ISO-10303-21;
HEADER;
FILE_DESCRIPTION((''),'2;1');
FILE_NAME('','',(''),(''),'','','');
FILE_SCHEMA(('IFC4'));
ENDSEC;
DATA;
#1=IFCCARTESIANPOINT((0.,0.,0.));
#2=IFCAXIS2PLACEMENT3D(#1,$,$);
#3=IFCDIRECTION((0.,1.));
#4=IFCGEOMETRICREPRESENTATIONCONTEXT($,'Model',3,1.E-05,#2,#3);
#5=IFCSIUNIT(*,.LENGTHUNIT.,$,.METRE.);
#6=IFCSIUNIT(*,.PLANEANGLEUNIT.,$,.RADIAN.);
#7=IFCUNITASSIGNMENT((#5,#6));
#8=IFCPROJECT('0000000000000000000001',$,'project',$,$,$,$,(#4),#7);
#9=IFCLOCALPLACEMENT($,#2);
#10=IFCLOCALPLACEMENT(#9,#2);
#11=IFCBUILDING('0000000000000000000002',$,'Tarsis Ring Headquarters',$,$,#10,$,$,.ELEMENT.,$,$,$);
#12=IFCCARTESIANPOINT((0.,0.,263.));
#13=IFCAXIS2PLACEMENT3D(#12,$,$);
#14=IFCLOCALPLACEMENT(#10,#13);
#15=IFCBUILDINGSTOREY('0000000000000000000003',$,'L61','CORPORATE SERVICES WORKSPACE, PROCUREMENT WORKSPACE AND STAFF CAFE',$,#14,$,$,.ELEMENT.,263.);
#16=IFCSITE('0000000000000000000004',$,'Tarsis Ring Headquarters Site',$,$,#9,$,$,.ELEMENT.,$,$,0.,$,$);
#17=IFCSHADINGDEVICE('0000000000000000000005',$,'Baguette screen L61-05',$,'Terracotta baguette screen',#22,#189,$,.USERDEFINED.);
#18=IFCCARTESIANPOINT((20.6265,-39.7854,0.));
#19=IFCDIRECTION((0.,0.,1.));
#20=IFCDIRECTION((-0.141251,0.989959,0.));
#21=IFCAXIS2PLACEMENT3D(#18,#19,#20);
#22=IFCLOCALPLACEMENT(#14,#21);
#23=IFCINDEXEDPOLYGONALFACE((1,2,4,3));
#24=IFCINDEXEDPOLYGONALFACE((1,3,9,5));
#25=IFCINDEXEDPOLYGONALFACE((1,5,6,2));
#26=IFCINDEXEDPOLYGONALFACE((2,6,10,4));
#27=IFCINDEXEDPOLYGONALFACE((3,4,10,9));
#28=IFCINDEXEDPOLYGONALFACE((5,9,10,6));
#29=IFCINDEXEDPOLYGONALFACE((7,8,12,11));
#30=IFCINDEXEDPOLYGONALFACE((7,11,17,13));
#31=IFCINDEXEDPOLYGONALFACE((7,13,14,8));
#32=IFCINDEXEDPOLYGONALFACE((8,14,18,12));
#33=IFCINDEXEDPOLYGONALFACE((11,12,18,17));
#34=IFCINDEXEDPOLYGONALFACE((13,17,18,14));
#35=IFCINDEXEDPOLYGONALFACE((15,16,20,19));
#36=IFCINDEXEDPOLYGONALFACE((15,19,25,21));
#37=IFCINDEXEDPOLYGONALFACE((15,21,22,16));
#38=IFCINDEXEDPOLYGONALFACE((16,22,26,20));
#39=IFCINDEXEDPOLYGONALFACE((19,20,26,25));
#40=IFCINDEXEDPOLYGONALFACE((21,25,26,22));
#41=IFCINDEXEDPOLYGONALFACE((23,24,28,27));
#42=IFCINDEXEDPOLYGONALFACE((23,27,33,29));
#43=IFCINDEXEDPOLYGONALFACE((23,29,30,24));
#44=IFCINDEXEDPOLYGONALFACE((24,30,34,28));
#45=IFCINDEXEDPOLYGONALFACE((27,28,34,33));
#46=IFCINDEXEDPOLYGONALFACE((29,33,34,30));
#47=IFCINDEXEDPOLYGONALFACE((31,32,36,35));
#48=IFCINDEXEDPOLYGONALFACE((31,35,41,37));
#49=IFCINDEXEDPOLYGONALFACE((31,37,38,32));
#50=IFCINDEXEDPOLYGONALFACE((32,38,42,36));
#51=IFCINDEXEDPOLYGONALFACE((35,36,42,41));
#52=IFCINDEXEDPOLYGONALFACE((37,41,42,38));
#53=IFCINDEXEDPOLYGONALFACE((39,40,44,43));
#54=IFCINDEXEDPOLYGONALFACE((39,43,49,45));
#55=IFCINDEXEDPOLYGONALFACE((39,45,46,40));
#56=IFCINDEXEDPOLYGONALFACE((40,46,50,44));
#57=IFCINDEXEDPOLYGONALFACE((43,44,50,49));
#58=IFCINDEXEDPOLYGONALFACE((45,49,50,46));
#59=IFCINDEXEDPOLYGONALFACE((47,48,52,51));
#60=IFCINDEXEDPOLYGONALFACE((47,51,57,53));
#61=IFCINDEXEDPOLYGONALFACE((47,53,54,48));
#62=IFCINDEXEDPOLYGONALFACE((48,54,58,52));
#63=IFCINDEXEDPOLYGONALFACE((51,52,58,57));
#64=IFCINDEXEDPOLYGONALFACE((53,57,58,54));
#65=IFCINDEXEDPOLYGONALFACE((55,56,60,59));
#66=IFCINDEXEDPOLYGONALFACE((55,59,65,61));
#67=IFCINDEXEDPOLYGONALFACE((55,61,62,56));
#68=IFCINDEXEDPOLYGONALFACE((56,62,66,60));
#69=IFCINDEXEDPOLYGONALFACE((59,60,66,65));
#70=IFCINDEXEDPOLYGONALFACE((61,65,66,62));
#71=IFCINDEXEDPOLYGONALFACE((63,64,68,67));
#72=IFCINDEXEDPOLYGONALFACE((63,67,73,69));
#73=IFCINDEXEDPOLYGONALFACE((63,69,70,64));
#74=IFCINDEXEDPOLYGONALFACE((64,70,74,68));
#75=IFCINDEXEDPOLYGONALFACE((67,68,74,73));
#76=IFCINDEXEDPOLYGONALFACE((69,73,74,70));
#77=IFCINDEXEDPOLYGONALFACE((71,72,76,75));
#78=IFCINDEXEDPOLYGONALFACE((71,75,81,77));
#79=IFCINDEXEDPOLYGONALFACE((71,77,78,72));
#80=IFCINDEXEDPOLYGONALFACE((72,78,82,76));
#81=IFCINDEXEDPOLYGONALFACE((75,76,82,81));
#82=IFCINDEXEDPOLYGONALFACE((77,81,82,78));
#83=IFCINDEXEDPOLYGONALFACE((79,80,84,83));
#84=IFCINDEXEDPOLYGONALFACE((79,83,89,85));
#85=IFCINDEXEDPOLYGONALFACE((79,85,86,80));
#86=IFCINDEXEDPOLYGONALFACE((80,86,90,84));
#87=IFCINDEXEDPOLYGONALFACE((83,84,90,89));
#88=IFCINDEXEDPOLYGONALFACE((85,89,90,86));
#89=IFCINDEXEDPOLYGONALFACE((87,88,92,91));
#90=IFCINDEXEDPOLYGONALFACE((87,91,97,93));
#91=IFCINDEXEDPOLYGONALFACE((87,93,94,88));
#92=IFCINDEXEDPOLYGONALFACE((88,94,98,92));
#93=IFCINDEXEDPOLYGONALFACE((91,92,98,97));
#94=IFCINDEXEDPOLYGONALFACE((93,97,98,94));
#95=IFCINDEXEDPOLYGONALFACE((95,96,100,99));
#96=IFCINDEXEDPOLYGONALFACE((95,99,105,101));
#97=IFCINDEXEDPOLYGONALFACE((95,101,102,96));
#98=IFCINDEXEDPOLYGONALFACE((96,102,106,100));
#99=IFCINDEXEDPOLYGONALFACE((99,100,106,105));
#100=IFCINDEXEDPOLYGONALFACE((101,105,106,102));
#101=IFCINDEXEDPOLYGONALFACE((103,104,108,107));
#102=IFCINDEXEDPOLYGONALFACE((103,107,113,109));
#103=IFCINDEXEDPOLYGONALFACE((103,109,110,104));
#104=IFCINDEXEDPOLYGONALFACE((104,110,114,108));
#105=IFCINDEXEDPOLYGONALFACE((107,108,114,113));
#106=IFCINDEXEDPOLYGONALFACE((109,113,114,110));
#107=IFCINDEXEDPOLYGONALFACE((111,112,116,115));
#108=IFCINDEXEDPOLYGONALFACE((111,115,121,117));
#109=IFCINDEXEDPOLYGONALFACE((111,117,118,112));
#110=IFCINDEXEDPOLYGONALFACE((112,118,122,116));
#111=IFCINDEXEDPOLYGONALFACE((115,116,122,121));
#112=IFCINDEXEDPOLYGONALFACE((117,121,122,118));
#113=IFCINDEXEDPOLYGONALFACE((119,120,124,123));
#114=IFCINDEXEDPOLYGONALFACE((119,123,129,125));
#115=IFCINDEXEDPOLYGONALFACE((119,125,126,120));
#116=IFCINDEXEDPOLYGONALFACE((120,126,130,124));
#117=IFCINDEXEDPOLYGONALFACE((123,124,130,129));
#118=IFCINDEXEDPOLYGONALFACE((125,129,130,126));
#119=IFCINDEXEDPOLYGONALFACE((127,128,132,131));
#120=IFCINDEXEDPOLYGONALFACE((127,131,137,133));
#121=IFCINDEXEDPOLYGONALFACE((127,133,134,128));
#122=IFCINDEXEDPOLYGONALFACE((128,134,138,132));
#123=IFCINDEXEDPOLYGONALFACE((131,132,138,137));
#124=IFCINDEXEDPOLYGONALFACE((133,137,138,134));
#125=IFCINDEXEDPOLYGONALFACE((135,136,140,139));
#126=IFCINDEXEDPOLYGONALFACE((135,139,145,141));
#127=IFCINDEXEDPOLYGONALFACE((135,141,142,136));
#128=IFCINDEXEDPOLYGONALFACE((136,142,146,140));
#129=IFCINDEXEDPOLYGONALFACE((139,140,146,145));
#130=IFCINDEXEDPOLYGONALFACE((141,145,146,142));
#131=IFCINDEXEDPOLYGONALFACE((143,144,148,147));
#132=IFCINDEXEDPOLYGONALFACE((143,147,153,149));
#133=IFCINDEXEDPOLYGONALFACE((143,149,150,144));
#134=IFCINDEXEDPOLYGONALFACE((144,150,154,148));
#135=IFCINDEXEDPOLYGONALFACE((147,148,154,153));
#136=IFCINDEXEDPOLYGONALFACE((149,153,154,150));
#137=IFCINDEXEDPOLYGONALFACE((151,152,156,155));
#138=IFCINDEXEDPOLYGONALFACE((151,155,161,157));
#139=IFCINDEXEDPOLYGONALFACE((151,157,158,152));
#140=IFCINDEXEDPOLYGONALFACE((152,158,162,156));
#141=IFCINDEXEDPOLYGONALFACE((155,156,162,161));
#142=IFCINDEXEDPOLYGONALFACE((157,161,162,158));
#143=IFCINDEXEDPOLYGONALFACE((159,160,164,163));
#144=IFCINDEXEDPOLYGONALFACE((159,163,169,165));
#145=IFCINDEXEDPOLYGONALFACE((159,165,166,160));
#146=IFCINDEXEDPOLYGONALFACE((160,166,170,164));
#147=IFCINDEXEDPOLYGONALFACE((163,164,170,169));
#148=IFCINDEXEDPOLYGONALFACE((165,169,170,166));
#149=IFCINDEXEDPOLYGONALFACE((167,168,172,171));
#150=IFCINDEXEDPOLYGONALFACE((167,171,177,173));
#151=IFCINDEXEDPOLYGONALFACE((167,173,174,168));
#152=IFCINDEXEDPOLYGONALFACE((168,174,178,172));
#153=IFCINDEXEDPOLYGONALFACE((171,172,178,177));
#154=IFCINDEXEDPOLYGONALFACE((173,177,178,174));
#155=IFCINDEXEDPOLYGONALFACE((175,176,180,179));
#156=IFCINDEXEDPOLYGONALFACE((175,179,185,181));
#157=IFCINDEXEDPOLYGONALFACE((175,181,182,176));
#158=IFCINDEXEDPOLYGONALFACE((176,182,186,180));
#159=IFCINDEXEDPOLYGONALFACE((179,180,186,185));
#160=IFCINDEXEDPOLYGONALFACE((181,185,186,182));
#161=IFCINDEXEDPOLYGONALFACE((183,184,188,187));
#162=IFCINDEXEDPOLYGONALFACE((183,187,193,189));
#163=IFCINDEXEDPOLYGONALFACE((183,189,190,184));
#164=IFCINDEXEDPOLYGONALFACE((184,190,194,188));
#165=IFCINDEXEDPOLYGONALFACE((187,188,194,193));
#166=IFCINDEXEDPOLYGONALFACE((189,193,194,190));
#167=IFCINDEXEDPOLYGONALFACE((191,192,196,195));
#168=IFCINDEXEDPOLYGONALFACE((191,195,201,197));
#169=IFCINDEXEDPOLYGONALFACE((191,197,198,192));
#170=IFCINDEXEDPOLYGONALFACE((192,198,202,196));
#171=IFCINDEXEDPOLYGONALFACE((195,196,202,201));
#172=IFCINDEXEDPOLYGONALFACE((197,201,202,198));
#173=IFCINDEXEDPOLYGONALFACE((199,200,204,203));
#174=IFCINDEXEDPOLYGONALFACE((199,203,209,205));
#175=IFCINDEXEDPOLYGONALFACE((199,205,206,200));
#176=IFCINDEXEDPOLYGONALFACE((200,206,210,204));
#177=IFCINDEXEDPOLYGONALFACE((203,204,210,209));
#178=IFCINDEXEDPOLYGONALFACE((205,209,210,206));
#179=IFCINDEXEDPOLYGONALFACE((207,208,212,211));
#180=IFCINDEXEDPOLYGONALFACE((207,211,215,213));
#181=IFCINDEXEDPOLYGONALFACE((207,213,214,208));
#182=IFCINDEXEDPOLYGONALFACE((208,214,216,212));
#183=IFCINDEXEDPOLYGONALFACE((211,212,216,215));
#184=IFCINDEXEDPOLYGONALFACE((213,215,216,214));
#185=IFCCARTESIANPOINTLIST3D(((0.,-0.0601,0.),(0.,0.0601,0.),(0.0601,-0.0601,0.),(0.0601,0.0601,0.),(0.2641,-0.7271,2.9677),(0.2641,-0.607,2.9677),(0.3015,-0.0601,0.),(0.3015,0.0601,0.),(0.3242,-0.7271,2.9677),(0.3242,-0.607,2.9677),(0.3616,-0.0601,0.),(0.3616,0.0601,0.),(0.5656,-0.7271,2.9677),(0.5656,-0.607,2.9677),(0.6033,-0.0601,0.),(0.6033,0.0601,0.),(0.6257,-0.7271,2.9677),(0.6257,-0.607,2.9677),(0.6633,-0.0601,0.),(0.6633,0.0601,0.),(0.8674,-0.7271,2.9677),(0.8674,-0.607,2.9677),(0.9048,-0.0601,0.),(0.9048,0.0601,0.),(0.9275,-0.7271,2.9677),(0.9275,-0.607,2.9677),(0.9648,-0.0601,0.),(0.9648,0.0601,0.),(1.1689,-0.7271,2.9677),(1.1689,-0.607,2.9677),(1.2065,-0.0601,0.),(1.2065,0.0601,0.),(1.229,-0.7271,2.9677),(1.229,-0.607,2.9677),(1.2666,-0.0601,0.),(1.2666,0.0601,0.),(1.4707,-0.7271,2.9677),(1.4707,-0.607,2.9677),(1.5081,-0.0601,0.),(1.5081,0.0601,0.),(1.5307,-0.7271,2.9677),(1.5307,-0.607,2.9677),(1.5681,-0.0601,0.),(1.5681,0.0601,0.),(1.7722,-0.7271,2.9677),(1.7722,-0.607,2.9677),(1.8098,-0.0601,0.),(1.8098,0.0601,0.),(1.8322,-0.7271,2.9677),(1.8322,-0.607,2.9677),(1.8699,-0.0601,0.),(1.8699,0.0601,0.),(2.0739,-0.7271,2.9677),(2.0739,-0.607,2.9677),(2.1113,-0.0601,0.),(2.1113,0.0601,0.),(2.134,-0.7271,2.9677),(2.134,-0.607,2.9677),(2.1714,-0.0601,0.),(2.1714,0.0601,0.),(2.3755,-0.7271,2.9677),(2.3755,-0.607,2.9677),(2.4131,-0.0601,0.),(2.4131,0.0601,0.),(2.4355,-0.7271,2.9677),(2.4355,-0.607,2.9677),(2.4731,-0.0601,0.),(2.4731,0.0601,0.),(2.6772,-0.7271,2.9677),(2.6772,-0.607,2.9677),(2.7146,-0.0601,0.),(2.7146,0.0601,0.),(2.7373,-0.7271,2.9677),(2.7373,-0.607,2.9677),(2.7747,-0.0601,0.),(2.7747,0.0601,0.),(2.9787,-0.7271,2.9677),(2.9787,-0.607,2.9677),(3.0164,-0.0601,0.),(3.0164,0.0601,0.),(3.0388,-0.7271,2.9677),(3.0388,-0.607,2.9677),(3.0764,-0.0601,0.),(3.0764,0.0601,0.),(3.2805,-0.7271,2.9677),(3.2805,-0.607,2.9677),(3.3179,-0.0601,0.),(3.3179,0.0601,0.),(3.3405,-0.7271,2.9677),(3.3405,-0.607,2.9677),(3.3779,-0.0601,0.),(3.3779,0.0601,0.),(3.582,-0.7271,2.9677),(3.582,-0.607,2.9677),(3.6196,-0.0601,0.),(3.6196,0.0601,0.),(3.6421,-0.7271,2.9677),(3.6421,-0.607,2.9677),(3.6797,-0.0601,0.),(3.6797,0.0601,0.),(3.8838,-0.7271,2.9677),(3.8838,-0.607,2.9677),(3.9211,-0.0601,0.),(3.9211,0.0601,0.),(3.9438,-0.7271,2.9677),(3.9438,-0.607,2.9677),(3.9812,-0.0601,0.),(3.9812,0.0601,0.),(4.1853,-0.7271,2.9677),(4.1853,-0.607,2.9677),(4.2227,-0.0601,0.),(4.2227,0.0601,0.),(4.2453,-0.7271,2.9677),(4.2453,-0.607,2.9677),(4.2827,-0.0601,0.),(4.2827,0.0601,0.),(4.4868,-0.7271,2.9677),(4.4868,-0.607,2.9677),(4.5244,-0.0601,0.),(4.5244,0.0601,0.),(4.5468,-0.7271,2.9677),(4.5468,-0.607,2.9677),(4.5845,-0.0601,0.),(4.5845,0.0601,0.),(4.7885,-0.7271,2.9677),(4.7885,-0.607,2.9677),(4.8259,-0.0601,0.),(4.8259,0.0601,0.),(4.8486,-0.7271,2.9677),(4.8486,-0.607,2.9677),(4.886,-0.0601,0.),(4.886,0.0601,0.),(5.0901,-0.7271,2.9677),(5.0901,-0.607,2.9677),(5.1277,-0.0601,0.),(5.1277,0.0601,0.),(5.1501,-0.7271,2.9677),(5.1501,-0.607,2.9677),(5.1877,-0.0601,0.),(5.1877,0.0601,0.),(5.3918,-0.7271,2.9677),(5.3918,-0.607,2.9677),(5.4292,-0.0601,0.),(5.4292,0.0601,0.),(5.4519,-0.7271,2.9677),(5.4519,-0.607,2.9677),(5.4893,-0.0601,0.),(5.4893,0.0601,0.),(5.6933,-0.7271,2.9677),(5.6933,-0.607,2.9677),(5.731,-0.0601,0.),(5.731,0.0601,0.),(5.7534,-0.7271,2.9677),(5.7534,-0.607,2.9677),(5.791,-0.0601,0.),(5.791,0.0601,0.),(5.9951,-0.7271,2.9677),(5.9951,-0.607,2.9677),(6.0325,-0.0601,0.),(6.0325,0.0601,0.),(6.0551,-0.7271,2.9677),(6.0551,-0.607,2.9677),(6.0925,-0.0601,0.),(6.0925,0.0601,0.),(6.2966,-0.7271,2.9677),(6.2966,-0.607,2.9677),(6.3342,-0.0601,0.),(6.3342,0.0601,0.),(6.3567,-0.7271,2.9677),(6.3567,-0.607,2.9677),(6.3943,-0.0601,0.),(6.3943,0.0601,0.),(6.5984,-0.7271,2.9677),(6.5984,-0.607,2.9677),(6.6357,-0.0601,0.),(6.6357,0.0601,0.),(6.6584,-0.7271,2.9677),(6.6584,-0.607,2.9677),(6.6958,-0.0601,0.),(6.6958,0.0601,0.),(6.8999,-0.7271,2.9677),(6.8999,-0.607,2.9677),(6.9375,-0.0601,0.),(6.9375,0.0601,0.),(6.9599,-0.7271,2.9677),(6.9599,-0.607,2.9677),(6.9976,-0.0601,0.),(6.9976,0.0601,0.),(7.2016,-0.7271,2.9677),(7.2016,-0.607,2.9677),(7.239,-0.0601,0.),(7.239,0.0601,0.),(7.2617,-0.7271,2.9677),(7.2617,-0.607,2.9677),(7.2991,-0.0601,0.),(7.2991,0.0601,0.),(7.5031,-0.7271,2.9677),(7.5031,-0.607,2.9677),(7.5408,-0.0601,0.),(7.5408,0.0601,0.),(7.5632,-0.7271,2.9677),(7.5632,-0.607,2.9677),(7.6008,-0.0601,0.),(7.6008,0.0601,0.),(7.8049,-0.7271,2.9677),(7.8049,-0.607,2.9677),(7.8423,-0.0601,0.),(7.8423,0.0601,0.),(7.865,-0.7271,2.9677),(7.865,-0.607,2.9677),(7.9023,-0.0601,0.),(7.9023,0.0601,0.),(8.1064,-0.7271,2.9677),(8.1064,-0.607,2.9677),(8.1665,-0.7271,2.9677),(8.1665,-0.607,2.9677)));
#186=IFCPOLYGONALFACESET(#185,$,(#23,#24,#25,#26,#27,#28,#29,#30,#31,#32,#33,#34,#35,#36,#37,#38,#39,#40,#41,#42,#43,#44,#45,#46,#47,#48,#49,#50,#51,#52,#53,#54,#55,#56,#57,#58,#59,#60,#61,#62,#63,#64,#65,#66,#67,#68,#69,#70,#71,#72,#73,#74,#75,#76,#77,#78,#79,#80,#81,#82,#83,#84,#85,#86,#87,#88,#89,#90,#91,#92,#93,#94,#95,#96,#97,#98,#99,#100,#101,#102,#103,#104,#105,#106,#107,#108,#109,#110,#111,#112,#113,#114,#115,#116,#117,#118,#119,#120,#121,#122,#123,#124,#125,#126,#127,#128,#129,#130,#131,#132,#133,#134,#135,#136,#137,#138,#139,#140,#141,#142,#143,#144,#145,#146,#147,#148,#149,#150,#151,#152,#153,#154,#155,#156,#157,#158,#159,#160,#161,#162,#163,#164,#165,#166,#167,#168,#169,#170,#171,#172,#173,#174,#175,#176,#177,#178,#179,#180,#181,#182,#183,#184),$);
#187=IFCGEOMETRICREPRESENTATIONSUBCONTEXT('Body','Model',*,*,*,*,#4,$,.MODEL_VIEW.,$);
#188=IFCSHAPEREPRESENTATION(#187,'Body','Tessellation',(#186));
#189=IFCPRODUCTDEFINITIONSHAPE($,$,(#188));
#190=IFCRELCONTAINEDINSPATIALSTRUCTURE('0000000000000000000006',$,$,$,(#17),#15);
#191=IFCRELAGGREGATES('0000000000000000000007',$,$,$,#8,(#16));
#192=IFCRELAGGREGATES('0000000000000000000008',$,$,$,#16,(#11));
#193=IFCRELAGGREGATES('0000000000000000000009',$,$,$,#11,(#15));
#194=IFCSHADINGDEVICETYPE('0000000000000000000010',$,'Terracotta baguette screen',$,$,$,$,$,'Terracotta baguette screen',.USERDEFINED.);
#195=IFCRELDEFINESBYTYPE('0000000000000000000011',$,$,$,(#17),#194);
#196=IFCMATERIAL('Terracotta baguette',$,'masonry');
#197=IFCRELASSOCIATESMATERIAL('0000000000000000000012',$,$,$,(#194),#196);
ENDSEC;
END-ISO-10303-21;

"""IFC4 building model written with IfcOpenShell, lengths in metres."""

from ifc_helpers import new_model, si_unit, direction, frame, frame_2d, origin, place, context, subcontext, project, spatial, rectangle, composite_profile, extrude, material, type_object, element, save


model = new_model("IFC4")

# Units and contexts
model_context = context("Model", 3, precision=1e-05, world=origin(), true_north=direction((0.0, 1.0)))
body_context = subcontext(model_context, "Body", "Model", "MODEL_VIEW")
ifc_project = project(units=[si_unit("LENGTHUNIT", "METRE"), si_unit("PLANEANGLEUNIT", "RADIAN")], contexts=[model_context])

# Site, building, storey
site_placement = place(None, origin())
site = spatial("IfcSite", under=ifc_project, at=site_placement, Name="Tarsis Ring Headquarters Site", CompositionType="ELEMENT", RefElevation=0.0)
building_placement = place(site_placement, origin())
building = spatial("IfcBuilding", under=site, at=building_placement, Name="Tarsis Ring Headquarters", CompositionType="ELEMENT")
storey_placement = place(building_placement, frame((0.0, 0.0, 263.0)))
storey = spatial("IfcBuildingStorey", under=building, at=storey_placement, Name="L61", Description="CORPORATE SERVICES WORKSPACE, PROCUREMENT WORKSPACE AND STAFF CAFE", CompositionType="ELEMENT", Elevation=263.0)

# Shading device
ifc_material_1 = material(Name="Terracotta baguette", Category="masonry")
shading_device_type_1 = type_object("IfcShadingDeviceType", Name="Terracotta baguette screen", ElementType="Terracotta baguette screen", PredefinedType="USERDEFINED", material=ifc_material_1)
shading_device_1_placement = place(storey_placement, frame((20.6265, -39.7854, 0.0), z_axis=(0.0, 0.0, 1.0), x_axis=(-0.141251, 0.989959, 0.0)))
element("IfcShadingDevice", 1, at=shading_device_1_placement, inside=storey, type_object=shading_device_type_1, Name="Baguette screen L61-05", ObjectType="Terracotta baguette screen", PredefinedType="USERDEFINED", context=body_context, shape_type="SweptSolid", body=[
    extrude(composite_profile([rectangle(XDim=0.0601, YDim=0.1201, at=frame_2d((0.03, 0.0))), rectangle(XDim=0.0601, YDim=0.1201, at=frame_2d((0.3315, 0.0))), rectangle(XDim=0.0601, YDim=0.1201, at=frame_2d((0.6333, 0.0))), rectangle(XDim=0.0601, YDim=0.1201, at=frame_2d((0.9348, 0.0))), rectangle(XDim=0.0601, YDim=0.1201, at=frame_2d((1.2366, 0.0))), rectangle(XDim=0.0601, YDim=0.1201, at=frame_2d((1.5381, 0.0))), rectangle(XDim=0.0601, YDim=0.1201, at=frame_2d((1.8398, 0.0))), rectangle(XDim=0.0601, YDim=0.1201, at=frame_2d((2.1414, 0.0))), rectangle(XDim=0.0601, YDim=0.1201, at=frame_2d((2.4431, 0.0))), rectangle(XDim=0.0601, YDim=0.1201, at=frame_2d((2.7446, 0.0))), rectangle(XDim=0.0601, YDim=0.1201, at=frame_2d((3.0464, 0.0))), rectangle(XDim=0.0601, YDim=0.1201, at=frame_2d((3.3479, 0.0))), rectangle(XDim=0.0601, YDim=0.1201, at=frame_2d((3.6497, 0.0))), rectangle(XDim=0.0601, YDim=0.1201, at=frame_2d((3.9512, 0.0))), rectangle(XDim=0.0601, YDim=0.1201, at=frame_2d((4.2527, 0.0))), rectangle(XDim=0.0601, YDim=0.1201, at=frame_2d((4.5544, 0.0))), rectangle(XDim=0.0601, YDim=0.1201, at=frame_2d((4.856, 0.0))), rectangle(XDim=0.0601, YDim=0.1201, at=frame_2d((5.1577, 0.0))), rectangle(XDim=0.0601, YDim=0.1201, at=frame_2d((5.4592, 0.0))), rectangle(XDim=0.0601, YDim=0.1201, at=frame_2d((5.761, 0.0))), rectangle(XDim=0.0601, YDim=0.1201, at=frame_2d((6.0625, 0.0))), rectangle(XDim=0.0601, YDim=0.1201, at=frame_2d((6.3643, 0.0))), rectangle(XDim=0.0601, YDim=0.1201, at=frame_2d((6.6658, 0.0))), rectangle(XDim=0.0601, YDim=0.1201, at=frame_2d((6.9675, 0.0))), rectangle(XDim=0.0601, YDim=0.1201, at=frame_2d((7.269, 0.0))), rectangle(XDim=0.0601, YDim=0.1201, at=frame_2d((7.5708, 0.0))), rectangle(XDim=0.0601, YDim=0.1201, at=frame_2d((7.8723, 0.0)))]), origin(), (0.086507, -0.218461, 0.972004), 3.0532),
])

save(model, "model.ifc")
